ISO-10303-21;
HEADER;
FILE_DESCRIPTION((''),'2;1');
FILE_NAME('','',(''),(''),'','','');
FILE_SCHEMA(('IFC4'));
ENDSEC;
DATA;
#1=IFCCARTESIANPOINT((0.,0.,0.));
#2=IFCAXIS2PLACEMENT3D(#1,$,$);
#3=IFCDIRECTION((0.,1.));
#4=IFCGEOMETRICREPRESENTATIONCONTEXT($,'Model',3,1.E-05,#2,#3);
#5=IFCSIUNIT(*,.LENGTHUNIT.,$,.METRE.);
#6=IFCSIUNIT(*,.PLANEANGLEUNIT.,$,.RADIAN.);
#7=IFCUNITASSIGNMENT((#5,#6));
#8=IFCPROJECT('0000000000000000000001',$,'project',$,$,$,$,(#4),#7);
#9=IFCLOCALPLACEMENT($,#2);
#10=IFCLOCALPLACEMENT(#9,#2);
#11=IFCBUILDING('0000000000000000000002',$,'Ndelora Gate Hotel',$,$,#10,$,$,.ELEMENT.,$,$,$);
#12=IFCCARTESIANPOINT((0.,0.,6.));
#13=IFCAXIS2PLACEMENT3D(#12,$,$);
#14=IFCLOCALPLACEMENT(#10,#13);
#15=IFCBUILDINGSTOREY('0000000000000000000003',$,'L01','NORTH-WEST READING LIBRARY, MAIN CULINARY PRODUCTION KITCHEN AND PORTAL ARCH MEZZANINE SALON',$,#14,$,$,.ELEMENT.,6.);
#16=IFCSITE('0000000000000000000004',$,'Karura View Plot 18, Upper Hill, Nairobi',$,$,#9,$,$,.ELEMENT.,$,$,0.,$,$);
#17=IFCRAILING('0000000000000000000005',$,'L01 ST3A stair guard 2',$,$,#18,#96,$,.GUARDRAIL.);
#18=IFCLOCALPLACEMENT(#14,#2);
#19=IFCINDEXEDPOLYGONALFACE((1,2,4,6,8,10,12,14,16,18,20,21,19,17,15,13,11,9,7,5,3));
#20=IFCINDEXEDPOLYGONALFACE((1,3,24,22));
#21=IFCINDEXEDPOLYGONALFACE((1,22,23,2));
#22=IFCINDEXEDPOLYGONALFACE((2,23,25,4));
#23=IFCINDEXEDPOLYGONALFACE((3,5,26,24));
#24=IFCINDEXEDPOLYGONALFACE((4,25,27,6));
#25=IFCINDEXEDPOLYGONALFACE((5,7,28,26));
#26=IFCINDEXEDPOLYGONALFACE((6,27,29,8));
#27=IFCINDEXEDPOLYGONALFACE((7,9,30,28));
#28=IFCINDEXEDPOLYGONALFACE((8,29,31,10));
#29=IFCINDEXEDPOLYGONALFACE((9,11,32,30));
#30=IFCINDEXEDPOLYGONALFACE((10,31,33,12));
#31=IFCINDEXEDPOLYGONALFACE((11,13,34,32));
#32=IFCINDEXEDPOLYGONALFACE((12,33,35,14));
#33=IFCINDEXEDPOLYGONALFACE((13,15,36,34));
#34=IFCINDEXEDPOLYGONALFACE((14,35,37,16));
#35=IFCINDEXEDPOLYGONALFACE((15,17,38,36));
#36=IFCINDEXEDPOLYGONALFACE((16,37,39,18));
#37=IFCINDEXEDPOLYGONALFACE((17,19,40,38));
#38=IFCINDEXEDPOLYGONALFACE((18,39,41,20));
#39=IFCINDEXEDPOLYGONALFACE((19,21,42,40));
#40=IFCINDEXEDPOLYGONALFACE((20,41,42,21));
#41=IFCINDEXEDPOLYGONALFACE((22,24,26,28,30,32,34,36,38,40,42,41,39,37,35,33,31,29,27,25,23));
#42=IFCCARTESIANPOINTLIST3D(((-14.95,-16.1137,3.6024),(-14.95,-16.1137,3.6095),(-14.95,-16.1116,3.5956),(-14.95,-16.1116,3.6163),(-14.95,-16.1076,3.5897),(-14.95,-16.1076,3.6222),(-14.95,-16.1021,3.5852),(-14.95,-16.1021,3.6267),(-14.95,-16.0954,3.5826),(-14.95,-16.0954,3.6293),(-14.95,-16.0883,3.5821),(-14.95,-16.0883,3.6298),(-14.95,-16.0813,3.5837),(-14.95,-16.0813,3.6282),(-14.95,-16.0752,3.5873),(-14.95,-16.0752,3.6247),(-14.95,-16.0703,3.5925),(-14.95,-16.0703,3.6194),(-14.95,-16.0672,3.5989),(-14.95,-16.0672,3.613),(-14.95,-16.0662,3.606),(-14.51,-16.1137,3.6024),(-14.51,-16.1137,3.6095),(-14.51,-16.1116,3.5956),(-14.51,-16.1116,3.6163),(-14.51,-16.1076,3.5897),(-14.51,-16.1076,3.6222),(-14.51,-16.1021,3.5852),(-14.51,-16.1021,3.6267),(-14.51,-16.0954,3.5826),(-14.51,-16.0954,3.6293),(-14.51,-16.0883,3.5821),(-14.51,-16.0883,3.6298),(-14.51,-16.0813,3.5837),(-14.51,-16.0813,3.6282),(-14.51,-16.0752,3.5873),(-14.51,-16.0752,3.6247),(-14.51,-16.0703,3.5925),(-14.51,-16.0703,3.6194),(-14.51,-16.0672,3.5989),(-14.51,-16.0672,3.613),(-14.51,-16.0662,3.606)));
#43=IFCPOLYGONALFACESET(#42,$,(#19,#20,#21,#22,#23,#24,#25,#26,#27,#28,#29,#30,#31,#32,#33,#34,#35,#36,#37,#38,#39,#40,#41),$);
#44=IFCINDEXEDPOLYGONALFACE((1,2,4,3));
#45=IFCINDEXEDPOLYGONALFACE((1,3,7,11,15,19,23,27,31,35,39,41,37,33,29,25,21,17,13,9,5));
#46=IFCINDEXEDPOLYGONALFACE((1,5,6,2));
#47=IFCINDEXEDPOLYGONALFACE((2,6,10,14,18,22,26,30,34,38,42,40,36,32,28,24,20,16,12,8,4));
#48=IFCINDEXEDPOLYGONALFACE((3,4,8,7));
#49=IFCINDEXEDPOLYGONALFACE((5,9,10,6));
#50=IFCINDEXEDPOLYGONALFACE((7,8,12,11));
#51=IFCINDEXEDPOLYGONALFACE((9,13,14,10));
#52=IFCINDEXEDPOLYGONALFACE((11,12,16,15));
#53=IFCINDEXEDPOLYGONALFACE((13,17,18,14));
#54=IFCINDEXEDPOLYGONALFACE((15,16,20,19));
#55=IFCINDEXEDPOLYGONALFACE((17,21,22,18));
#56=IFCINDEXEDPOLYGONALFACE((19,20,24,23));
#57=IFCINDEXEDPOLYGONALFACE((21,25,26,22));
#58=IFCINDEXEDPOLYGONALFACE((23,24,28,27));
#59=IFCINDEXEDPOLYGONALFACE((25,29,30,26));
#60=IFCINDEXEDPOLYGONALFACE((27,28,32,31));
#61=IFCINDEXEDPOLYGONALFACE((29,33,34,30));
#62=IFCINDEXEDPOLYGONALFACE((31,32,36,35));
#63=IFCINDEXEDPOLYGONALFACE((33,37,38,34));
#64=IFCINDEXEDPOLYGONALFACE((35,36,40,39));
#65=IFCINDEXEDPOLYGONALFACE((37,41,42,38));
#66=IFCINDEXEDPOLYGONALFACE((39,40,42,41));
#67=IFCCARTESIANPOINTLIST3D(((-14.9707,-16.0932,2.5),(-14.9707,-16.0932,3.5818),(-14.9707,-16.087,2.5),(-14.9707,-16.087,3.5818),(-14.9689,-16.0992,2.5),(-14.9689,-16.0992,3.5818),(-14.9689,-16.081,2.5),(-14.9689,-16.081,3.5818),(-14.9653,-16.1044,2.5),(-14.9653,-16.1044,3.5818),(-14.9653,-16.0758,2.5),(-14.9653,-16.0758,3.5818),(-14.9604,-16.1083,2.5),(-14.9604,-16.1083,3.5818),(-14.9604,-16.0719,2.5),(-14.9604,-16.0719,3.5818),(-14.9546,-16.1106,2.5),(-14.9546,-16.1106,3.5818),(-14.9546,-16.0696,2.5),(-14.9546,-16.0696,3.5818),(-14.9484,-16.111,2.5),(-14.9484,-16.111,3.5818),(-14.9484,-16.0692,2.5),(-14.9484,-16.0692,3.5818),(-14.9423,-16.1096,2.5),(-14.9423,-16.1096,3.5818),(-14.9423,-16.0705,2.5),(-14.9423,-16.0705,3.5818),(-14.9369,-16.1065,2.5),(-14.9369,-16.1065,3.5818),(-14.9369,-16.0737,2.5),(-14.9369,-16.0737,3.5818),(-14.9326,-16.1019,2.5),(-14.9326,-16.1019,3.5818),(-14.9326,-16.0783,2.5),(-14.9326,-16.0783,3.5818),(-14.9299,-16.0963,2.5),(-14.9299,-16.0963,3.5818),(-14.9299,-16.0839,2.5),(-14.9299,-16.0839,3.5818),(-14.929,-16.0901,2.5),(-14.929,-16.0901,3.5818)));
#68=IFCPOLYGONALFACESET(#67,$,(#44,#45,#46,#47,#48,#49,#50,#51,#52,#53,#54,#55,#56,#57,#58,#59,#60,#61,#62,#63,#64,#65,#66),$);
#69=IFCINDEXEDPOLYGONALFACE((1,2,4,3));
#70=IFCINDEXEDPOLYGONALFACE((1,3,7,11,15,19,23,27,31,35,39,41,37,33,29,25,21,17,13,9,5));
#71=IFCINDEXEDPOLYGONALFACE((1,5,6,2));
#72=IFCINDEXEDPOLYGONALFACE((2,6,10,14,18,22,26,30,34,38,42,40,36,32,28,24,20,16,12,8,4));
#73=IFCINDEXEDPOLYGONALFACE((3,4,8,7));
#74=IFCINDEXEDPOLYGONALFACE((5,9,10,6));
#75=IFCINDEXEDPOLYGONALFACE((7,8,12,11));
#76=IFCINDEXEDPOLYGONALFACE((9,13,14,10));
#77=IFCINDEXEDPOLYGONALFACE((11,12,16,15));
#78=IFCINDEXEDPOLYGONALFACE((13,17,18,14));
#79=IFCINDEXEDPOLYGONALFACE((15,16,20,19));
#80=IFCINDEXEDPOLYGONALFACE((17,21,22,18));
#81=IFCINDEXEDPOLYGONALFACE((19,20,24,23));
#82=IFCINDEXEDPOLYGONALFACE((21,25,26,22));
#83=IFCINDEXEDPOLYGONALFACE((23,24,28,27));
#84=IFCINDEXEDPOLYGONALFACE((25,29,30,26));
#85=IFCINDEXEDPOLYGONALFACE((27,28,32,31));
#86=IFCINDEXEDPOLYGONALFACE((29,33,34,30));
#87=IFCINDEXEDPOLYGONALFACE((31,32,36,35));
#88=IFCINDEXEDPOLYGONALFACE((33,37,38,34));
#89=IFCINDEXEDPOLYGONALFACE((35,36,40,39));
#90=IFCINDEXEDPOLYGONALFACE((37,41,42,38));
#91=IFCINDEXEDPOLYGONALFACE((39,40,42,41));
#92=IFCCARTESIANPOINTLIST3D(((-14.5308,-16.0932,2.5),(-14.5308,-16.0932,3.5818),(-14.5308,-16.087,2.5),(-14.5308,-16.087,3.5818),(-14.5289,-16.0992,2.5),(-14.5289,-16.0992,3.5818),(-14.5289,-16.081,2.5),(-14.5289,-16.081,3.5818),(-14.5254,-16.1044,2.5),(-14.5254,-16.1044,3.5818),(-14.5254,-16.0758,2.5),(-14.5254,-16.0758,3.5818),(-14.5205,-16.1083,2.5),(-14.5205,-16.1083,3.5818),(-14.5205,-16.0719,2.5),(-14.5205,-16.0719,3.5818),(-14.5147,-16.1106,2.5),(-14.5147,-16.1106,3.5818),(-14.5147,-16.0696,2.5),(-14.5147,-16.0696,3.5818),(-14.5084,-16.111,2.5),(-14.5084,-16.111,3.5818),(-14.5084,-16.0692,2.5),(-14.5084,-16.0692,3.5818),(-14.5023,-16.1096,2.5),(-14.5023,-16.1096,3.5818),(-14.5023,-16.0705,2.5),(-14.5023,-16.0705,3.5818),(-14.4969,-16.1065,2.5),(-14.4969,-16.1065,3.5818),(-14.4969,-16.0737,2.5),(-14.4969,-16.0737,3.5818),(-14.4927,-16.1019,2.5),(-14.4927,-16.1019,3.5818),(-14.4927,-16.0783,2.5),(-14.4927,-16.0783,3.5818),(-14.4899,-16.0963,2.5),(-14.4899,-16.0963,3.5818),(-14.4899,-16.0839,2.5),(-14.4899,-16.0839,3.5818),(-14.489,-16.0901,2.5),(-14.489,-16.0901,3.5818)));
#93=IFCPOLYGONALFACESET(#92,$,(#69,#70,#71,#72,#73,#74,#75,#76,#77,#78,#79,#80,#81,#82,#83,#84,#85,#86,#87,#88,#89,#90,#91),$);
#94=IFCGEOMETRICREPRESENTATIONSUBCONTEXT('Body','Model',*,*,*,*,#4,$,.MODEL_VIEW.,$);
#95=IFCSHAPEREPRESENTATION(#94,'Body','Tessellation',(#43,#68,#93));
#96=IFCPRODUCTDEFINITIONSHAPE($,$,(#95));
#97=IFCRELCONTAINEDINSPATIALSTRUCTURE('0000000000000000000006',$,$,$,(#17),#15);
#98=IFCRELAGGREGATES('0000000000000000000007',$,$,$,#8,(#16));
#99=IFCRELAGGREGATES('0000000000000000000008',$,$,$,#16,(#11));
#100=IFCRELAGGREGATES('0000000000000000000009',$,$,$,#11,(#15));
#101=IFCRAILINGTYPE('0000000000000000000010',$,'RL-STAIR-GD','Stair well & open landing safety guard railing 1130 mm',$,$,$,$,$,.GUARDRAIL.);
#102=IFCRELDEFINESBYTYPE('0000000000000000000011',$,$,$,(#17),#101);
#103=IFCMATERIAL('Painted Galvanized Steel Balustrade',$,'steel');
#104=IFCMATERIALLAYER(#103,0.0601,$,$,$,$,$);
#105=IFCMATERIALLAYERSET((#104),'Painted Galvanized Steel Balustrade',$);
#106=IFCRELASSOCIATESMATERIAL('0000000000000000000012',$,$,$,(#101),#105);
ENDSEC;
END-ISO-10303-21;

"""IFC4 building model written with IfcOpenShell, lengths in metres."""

from ifc_helpers import new_model, si_unit, direction, frame, origin, origin_2d, place, context, subcontext, project, spatial, circle, extrude, material, layer, layer_set, type_object, element, save


model = new_model("IFC4")

# Units and contexts
model_context = context("Model", 3, precision=1e-05, world=origin(), true_north=direction((0.0, 1.0)))
body_context = subcontext(model_context, "Body", "Model", "MODEL_VIEW")
ifc_project = project(units=[si_unit("LENGTHUNIT", "METRE"), si_unit("PLANEANGLEUNIT", "RADIAN")], contexts=[model_context])

# Site, building, storey
site_placement = place(None, origin())
site = spatial("IfcSite", under=ifc_project, at=site_placement, Name="Karura View Plot 18, Upper Hill, Nairobi", CompositionType="ELEMENT", RefElevation=0.0)
building_placement = place(site_placement, origin())
building = spatial("IfcBuilding", under=site, at=building_placement, Name="Ndelora Gate Hotel", CompositionType="ELEMENT")
storey_placement = place(building_placement, frame((0.0, 0.0, 6.0)))
storey = spatial("IfcBuildingStorey", under=building, at=storey_placement, Name="L01", Description="NORTH-WEST READING LIBRARY, MAIN CULINARY PRODUCTION KITCHEN AND PORTAL ARCH MEZZANINE SALON", CompositionType="ELEMENT", Elevation=6.0)

# Railing
ifc_material_1 = material(Name="Painted Galvanized Steel Balustrade", Category="steel")
ifc_layer_1 = layer(ifc_material_1, 0.0601)
ifc_layer_set_1 = layer_set([ifc_layer_1], Name="Painted Galvanized Steel Balustrade")
railing_type_1 = type_object("IfcRailingType", Name="RL-STAIR-GD", Description="Stair well & open landing safety guard railing 1130 mm", PredefinedType="GUARDRAIL", material=ifc_layer_set_1)
railing_1_placement = place(storey_placement, frame((-14.95, -16.0901, 2.5)))
element("IfcRailing", 1, at=railing_1_placement, inside=storey, type_object=railing_type_1, Name="L01 ST3A stair guard 2", PredefinedType="GUARDRAIL", context=body_context, shape_type="SweptSolid", body=[
    extrude(circle(Radius=0.0239, at=origin_2d()), frame((0.0, 0.0, 1.106), z_axis=(1.0, 0.0, 0.0), x_axis=(0.0, 1.0, 0.0)), (0.0, 0.0, 1.0), 0.4399),
    extrude(circle(Radius=0.021, at=origin_2d()), origin(), (0.0, 0.0, 1.0), 1.0818),
    extrude(circle(Radius=0.021, at=origin_2d()), frame((0.4399, 0.0, 0.0)), (0.0, 0.0, 1.0), 1.0818),
])

save(model, "model.ifc")
